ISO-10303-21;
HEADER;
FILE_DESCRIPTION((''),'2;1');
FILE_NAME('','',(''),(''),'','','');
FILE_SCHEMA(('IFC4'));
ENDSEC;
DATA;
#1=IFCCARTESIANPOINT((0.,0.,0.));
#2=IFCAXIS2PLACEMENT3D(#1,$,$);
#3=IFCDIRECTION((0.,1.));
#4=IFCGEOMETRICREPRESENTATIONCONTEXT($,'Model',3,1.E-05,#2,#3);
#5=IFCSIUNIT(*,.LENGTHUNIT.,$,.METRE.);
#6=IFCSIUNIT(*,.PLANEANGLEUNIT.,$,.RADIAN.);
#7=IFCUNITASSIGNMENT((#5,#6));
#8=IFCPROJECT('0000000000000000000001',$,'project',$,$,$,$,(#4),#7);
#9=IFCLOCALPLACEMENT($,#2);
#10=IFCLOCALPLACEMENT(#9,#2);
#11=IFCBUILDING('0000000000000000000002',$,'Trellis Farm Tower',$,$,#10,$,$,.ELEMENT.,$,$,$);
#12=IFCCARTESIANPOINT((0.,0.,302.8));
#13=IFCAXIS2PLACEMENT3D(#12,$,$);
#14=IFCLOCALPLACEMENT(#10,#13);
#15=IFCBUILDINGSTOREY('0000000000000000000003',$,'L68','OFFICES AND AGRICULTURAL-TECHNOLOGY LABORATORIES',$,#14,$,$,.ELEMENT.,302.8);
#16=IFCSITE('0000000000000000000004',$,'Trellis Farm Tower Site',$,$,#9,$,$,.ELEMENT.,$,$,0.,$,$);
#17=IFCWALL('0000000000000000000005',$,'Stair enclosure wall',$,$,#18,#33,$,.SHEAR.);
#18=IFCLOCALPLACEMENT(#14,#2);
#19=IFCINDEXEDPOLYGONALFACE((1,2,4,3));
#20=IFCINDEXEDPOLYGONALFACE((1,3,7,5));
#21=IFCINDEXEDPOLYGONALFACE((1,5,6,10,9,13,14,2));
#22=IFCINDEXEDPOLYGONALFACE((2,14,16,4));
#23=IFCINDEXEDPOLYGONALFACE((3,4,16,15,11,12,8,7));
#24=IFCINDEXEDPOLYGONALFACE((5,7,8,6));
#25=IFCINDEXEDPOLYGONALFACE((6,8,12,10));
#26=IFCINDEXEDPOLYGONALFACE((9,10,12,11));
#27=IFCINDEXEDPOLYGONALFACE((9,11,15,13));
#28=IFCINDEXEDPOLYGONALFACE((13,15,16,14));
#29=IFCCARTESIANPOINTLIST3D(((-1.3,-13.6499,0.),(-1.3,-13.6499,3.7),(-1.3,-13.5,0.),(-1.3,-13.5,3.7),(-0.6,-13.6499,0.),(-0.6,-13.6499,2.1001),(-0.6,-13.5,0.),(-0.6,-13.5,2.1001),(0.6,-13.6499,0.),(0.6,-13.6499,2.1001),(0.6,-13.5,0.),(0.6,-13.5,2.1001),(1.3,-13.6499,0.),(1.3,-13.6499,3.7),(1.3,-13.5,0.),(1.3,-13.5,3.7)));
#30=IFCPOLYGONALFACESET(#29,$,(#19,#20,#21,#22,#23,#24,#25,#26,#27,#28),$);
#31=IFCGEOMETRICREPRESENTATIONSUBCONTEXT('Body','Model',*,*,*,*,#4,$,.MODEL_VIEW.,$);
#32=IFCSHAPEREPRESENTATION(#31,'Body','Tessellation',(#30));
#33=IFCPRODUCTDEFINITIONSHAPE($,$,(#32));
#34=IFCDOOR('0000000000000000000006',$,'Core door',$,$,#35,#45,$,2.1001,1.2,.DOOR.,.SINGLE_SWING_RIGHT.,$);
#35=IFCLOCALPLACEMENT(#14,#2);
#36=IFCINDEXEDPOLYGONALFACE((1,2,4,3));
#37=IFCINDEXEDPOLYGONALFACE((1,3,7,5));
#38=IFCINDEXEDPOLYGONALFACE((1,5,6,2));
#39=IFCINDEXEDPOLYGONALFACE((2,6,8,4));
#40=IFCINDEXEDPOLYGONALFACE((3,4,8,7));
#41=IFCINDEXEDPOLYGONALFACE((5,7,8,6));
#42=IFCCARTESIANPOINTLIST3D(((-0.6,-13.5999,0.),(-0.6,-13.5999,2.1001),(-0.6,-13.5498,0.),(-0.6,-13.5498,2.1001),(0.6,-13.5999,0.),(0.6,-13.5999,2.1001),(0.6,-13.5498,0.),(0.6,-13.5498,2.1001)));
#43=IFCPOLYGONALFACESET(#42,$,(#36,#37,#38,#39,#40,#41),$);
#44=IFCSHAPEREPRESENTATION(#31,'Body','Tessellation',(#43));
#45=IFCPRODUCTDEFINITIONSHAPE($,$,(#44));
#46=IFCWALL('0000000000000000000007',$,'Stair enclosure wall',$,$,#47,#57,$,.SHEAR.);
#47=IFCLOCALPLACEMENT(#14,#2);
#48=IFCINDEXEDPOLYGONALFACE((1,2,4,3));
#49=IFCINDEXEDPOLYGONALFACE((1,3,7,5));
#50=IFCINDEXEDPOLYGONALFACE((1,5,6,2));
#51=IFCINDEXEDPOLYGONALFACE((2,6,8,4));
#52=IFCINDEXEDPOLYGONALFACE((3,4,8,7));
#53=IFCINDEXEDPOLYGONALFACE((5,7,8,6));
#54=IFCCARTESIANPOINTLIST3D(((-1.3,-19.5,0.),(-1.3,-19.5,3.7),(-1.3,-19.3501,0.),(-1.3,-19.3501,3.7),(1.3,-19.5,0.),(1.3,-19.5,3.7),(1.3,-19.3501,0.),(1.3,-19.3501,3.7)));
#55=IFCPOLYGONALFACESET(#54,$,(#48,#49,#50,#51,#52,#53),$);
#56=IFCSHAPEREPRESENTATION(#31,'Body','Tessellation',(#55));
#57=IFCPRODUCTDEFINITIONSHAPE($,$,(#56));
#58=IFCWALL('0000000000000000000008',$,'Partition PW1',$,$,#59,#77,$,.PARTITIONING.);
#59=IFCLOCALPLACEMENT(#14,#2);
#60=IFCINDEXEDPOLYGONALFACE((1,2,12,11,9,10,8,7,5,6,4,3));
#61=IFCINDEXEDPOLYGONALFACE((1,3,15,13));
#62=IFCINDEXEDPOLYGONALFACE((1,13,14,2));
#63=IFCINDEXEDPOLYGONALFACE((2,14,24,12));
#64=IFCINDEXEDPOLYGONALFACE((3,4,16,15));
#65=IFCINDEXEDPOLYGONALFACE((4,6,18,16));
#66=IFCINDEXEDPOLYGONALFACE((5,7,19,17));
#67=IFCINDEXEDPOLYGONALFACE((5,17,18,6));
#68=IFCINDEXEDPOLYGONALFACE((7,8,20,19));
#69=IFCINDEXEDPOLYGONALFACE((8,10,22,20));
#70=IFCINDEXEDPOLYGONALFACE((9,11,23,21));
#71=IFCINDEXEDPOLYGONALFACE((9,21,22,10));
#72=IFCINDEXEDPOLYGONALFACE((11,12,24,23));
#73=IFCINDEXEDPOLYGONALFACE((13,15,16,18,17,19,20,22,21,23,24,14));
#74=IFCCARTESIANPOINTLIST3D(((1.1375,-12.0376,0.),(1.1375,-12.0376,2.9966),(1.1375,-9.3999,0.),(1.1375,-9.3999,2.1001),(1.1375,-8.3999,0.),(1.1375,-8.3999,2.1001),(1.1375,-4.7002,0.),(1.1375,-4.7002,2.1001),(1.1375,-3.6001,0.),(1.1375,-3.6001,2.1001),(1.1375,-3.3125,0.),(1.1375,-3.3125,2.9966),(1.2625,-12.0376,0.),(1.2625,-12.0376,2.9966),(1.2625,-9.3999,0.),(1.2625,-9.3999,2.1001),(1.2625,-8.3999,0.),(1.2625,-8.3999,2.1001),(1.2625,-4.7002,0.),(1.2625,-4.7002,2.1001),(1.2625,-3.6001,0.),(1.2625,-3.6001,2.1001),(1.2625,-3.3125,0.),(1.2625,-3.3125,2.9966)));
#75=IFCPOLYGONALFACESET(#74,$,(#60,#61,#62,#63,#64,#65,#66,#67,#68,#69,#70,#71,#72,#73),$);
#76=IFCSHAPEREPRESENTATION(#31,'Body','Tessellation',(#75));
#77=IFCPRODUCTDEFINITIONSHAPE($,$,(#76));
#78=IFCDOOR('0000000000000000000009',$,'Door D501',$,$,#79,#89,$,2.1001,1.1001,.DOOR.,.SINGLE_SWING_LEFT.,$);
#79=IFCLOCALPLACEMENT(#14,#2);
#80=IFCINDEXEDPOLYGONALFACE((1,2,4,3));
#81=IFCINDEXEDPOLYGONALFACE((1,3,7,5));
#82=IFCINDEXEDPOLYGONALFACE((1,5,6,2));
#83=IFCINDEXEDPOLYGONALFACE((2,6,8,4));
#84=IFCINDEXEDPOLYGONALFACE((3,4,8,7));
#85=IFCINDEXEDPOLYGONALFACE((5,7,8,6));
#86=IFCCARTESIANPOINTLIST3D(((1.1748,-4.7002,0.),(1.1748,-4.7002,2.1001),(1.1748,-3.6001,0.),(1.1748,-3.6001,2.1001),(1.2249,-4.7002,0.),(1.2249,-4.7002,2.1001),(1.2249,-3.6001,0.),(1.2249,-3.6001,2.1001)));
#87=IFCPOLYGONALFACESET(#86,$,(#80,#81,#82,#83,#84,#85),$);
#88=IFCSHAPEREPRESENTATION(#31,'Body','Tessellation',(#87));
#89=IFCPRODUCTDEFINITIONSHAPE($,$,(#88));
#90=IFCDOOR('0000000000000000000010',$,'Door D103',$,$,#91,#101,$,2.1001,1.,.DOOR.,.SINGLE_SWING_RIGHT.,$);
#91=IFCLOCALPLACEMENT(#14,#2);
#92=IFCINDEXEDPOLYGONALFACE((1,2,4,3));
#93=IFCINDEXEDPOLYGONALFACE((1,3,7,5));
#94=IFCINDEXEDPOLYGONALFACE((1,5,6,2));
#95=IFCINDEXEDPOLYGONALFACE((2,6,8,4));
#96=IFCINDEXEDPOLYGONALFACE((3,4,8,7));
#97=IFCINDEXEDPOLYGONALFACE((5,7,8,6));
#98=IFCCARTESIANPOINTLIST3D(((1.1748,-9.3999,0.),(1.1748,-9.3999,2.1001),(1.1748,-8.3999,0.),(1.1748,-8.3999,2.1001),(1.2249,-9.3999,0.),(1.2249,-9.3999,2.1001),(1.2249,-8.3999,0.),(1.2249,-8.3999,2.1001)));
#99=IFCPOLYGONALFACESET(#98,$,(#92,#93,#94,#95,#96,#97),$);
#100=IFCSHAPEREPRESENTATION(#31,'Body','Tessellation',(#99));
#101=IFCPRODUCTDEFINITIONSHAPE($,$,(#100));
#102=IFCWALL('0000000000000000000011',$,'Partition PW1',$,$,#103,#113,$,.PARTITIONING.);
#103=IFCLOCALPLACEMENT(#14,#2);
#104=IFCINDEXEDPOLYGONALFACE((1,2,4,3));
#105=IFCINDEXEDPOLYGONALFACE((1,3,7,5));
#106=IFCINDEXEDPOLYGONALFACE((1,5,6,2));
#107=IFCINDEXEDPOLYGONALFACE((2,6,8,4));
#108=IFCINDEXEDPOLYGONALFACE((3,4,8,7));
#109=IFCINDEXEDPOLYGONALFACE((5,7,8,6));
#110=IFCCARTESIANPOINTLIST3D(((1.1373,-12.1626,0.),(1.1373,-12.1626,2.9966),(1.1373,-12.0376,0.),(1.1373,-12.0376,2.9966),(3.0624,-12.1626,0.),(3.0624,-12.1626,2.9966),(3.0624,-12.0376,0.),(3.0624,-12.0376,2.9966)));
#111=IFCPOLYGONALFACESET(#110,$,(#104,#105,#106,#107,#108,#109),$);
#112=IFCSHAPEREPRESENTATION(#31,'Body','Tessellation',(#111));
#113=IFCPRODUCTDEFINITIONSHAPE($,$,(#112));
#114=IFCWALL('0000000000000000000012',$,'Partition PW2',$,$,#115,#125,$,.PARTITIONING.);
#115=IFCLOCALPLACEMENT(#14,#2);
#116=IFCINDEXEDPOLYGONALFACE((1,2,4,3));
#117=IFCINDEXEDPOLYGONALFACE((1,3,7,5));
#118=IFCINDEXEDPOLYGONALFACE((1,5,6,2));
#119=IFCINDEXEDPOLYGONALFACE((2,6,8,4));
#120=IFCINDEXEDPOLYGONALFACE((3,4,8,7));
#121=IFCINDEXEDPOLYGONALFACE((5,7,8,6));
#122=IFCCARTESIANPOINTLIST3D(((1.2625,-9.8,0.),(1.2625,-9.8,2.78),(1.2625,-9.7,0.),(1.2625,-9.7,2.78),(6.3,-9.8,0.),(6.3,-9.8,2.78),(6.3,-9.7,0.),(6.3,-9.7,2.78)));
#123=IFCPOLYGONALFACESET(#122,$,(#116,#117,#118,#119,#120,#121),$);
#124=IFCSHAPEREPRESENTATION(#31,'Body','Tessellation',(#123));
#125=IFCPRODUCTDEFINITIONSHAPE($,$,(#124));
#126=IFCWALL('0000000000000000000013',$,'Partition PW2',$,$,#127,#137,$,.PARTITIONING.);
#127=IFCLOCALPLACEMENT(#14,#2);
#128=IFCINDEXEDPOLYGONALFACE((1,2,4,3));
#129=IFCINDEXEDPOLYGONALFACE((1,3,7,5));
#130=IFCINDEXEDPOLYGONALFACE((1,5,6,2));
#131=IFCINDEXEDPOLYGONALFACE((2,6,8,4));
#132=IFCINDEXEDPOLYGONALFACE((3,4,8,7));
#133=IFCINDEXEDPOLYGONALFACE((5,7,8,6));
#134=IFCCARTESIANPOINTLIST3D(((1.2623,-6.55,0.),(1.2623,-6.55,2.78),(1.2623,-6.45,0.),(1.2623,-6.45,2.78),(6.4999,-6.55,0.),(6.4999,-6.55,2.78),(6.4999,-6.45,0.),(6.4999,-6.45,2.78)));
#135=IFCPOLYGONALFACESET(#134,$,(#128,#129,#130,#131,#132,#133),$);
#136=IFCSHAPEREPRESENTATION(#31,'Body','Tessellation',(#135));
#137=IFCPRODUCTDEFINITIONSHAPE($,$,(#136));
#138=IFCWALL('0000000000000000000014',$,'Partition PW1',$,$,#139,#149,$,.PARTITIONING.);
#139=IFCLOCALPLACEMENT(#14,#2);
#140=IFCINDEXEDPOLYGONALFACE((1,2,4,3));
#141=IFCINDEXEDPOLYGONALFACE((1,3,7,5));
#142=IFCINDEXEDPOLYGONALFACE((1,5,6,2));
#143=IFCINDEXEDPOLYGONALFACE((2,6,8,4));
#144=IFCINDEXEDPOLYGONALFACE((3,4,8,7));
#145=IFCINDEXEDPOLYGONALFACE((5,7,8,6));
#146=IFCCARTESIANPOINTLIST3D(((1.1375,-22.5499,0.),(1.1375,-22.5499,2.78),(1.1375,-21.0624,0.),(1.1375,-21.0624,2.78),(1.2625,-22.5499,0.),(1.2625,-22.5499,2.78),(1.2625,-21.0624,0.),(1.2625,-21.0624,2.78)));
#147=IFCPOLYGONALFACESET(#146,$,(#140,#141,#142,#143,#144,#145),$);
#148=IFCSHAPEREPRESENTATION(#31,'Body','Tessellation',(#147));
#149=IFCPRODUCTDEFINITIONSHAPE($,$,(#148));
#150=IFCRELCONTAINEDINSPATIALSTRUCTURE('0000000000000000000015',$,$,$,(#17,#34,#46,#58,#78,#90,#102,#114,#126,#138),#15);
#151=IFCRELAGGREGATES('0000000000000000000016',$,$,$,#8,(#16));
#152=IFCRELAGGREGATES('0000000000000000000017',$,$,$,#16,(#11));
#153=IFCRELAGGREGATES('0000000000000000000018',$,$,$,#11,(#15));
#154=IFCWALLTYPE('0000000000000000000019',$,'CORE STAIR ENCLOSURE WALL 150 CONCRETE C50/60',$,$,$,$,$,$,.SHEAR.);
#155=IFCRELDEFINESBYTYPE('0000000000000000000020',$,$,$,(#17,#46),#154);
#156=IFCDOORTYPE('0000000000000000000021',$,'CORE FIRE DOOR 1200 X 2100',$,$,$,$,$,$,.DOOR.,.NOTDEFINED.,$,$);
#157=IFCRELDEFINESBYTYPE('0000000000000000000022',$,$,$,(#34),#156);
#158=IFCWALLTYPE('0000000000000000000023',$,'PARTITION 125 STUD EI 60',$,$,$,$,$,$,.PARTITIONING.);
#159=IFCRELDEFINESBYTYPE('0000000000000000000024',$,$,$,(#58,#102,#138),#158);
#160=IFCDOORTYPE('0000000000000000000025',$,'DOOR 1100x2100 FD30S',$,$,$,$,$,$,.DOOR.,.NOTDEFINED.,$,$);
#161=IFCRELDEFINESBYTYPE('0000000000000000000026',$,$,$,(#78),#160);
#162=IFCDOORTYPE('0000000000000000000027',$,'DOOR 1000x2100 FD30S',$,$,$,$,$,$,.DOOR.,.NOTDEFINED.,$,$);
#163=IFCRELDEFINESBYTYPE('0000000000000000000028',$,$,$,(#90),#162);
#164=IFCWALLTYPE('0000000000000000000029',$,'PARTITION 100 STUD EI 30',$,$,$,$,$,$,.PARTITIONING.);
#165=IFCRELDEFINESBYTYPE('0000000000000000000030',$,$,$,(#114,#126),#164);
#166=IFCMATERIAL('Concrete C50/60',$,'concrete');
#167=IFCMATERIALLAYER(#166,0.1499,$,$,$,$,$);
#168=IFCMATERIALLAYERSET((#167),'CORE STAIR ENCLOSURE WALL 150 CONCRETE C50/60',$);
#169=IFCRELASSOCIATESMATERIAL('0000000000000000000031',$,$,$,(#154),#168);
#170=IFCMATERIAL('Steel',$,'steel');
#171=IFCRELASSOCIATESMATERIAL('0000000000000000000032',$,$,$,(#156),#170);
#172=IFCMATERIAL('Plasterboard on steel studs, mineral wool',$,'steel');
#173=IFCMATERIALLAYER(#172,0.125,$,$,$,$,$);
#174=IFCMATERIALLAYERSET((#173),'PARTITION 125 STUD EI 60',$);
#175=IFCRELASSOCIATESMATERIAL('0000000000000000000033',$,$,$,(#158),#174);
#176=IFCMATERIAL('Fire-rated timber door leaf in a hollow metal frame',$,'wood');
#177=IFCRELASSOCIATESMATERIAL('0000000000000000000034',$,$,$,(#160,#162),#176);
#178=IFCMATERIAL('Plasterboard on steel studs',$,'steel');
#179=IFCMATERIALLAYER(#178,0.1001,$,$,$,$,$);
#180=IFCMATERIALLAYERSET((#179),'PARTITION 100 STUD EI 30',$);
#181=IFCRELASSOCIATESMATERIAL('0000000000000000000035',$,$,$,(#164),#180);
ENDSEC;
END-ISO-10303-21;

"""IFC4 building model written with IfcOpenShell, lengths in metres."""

from ifc_helpers import new_model, si_unit, direction, frame, frame_2d, origin, place, context, subcontext, project, spatial, rectangle, extrude, source, transform, mapped, material, layer, layer_set, type_object, element, fill, save


model = new_model("IFC4")

# Units and contexts
model_context = context("Model", 3, precision=1e-05, world=origin(), true_north=direction((0.0, 1.0)))
body_context = subcontext(model_context, "Body", "Model", "MODEL_VIEW")
ifc_project = project(units=[si_unit("LENGTHUNIT", "METRE"), si_unit("PLANEANGLEUNIT", "RADIAN")], contexts=[model_context])

# Site, building, storey
site_placement = place(None, origin())
site = spatial("IfcSite", under=ifc_project, at=site_placement, Name="Trellis Farm Tower Site", CompositionType="ELEMENT", RefElevation=0.0)
building_placement = place(site_placement, origin())
building = spatial("IfcBuilding", under=site, at=building_placement, Name="Trellis Farm Tower", CompositionType="ELEMENT")
storey_placement = place(building_placement, frame((0.0, 0.0, 302.8)))
storey = spatial("IfcBuildingStorey", under=building, at=storey_placement, Name="L68", Description="OFFICES AND AGRICULTURAL-TECHNOLOGY LABORATORIES", CompositionType="ELEMENT", Elevation=302.8)

# Shared definitions
ifc_material_1 = material(Name="Concrete C50/60", Category="concrete")

# Wall, opening, door
ifc_layer_1 = layer(ifc_material_1, 0.1499)
ifc_layer_set_1 = layer_set([ifc_layer_1], Name="CORE STAIR ENCLOSURE WALL 150 CONCRETE C50/60")
wall_type_1 = type_object("IfcWallType", Name="CORE STAIR ENCLOSURE WALL 150 CONCRETE C50/60", PredefinedType="SHEAR", material=ifc_layer_set_1)
shared_shape_1 = source(origin(), body_context, "Body", "SweptSolid", [
    extrude(rectangle(XDim=2.6001, YDim=0.1499, at=frame_2d((1.3, 0.0))), origin(), (0.0, 0.0, 1.0), 3.7),
])
wall_1_placement = place(storey_placement, frame((1.3, -13.575, 0.0), z_axis=(0.0, 0.0, 1.0), x_axis=(-1.0, 0.0, 0.0)))
wall_1 = element("IfcWall", 1, at=wall_1_placement, inside=storey, type_object=wall_type_1, Name="Stair enclosure wall", PredefinedType="SHEAR", context=body_context, shape_type="MappedRepresentation", body=[
    mapped(shared_shape_1, transform((0.0, 0.0, 0.0))),
])
shared_shape_2 = source(origin(), body_context, "Body", "SweptSolid", [
    extrude(rectangle(XDim=1.2, YDim=2.1001, at=frame_2d((0.6001, 1.05))), frame((0.0, 0.085, 0.0), z_axis=(0.0, -1.0, 0.0), x_axis=(1.0, 0.0, 0.0)), (0.0, 0.0, 1.0), 0.1699),
])
opening_1_placement = place(wall_1_placement, frame((0.7, 0.0, 0.0)))
opening_1 = element("IfcOpeningElement", 2, at=opening_1_placement, cuts=wall_1, PredefinedType="OPENING", context=body_context, shape_type="MappedRepresentation", body=[
    mapped(shared_shape_2, transform((0.0, 0.0, 0.0))),
])
ifc_material_2 = material(Name="Steel", Category="steel")
door_type_1 = type_object("IfcDoorType", Name="CORE FIRE DOOR 1200 X 2100", OperationType="NOTDEFINED", PredefinedType="DOOR", material=ifc_material_2)
shared_shape_3 = source(origin(), body_context, "Body", "SweptSolid", [
    extrude(rectangle(XDim=1.2, YDim=2.1001, at=frame_2d((0.6001, 1.05))), frame((0.0, 0.0249, 0.0), z_axis=(0.0, -1.0, 0.0), x_axis=(1.0, 0.0, 0.0)), (0.0, 0.0, 1.0), 0.05),
])
door_1_placement = place(opening_1_placement, origin())
door_1 = element("IfcDoor", 3, at=door_1_placement, inside=storey, type_object=door_type_1, Name="Core door", OperationType="SINGLE_SWING_RIGHT", OverallHeight=2.1001, OverallWidth=1.2, PredefinedType="DOOR", context=body_context, shape_type="MappedRepresentation", body=[
    mapped(shared_shape_3, transform((0.0, 0.0, 0.0))),
])
fill(opening_1, door_1)

# Wall
wall_2_placement = place(storey_placement, frame((1.3, -19.425, 0.0), z_axis=(0.0, 0.0, 1.0), x_axis=(-1.0, 0.0, 0.0)))
element("IfcWall", 4, at=wall_2_placement, inside=storey, type_object=wall_type_1, Name="Stair enclosure wall", PredefinedType="SHEAR", context=body_context, shape_type="MappedRepresentation", body=[
    mapped(shared_shape_1, transform((0.0, 0.0, 0.0))),
])

# Wall, openings, doors
ifc_material_3 = material(Name="Plasterboard on steel studs, mineral wool", Category="steel")
ifc_layer_2 = layer(ifc_material_3, 0.125)
ifc_layer_set_2 = layer_set([ifc_layer_2], Name="PARTITION 125 STUD EI 60")
wall_type_2 = type_object("IfcWallType", Name="PARTITION 125 STUD EI 60", PredefinedType="PARTITIONING", material=ifc_layer_set_2)
shared_shape_4 = source(origin(), body_context, "Body", "SweptSolid", [
    extrude(rectangle(XDim=8.7251, YDim=0.125, at=frame_2d((4.3625, 0.0))), origin(), (0.0, 0.0, 1.0), 2.9966),
])
wall_3_placement = place(storey_placement, frame((1.2, -3.3125, 0.0), z_axis=(0.0, 0.0, 1.0), x_axis=(0.0, -1.0, 0.0)))
wall_3 = element("IfcWall", 5, at=wall_3_placement, inside=storey, type_object=wall_type_2, Name="Partition PW1", PredefinedType="PARTITIONING", context=body_context, shape_type="MappedRepresentation", body=[
    mapped(shared_shape_4, transform((0.0, 0.0, 0.0))),
])
shared_shape_5 = source(origin(), body_context, "Body", "SweptSolid", [
    extrude(rectangle(XDim=1.0, YDim=2.1001, at=frame_2d((0.5, 1.05))), frame((0.0, 0.0725, 0.0), z_axis=(0.0, -1.0, 0.0), x_axis=(1.0, 0.0, 0.0)), (0.0, 0.0, 1.0), 0.145),
])
opening_2_placement = place(wall_3_placement, frame((5.0874, 0.0, 0.0)))
opening_2 = element("IfcOpeningElement", 6, at=opening_2_placement, cuts=wall_3, PredefinedType="OPENING", context=body_context, shape_type="MappedRepresentation", body=[
    mapped(shared_shape_5, transform((0.0, 0.0, 0.0))),
])
shared_shape_6 = source(origin(), body_context, "Body", "SweptSolid", [
    extrude(rectangle(XDim=1.1001, YDim=2.1001, at=frame_2d((0.55, 1.05))), frame((0.0, 0.0725, 0.0), z_axis=(0.0, -1.0, 0.0), x_axis=(1.0, 0.0, 0.0)), (0.0, 0.0, 1.0), 0.145),
])
opening_3_placement = place(wall_3_placement, frame((0.2876, 0.0, 0.0)))
opening_3 = element("IfcOpeningElement", 7, at=opening_3_placement, cuts=wall_3, PredefinedType="OPENING", context=body_context, shape_type="MappedRepresentation", body=[
    mapped(shared_shape_6, transform((0.0, 0.0, 0.0))),
])
ifc_material_4 = material(Name="Fire-rated timber door leaf in a hollow metal frame", Category="wood")
door_type_2 = type_object("IfcDoorType", Name="DOOR 1100x2100 FD30S", OperationType="NOTDEFINED", PredefinedType="DOOR", material=ifc_material_4)
shared_shape_7 = source(origin(), body_context, "Body", "SweptSolid", [
    extrude(rectangle(XDim=1.1001, YDim=2.1001, at=frame_2d((0.55, 1.05))), frame((0.0, 0.0249, 0.0), z_axis=(0.0, -1.0, 0.0), x_axis=(1.0, 0.0, 0.0)), (0.0, 0.0, 1.0), 0.05),
])
door_2_placement = place(opening_3_placement, origin())
door_2 = element("IfcDoor", 8, at=door_2_placement, inside=storey, type_object=door_type_2, Name="Door D501", OperationType="SINGLE_SWING_LEFT", OverallHeight=2.1001, OverallWidth=1.1001, PredefinedType="DOOR", context=body_context, shape_type="MappedRepresentation", body=[
    mapped(shared_shape_7, transform((0.0, 0.0, 0.0))),
])
fill(opening_3, door_2)
door_type_3 = type_object("IfcDoorType", Name="DOOR 1000x2100 FD30S", OperationType="NOTDEFINED", PredefinedType="DOOR", material=ifc_material_4)
shared_shape_8 = source(origin(), body_context, "Body", "SweptSolid", [
    extrude(rectangle(XDim=1.0, YDim=2.1001, at=frame_2d((0.5, 1.05))), frame((0.0, 0.0249, 0.0), z_axis=(0.0, -1.0, 0.0), x_axis=(1.0, 0.0, 0.0)), (0.0, 0.0, 1.0), 0.05),
])
door_3_placement = place(opening_2_placement, origin())
door_3 = element("IfcDoor", 9, at=door_3_placement, inside=storey, type_object=door_type_3, Name="Door D103", OperationType="SINGLE_SWING_RIGHT", OverallHeight=2.1001, OverallWidth=1.0, PredefinedType="DOOR", context=body_context, shape_type="MappedRepresentation", body=[
    mapped(shared_shape_8, transform((0.0, 0.0, 0.0))),
])
fill(opening_2, door_3)

# Walls
shared_shape_9 = source(origin(), body_context, "Body", "SweptSolid", [
    extrude(rectangle(XDim=1.925, YDim=0.125, at=frame_2d((0.9624, 0.0))), origin(), (0.0, 0.0, 1.0), 2.9966),
])
wall_4_placement = place(storey_placement, frame((1.1375, -12.1001, 0.0), z_axis=(0.0, 0.0, 1.0), x_axis=(1.0, 0.0, 0.0)))
element("IfcWall", 10, at=wall_4_placement, inside=storey, type_object=wall_type_2, Name="Partition PW1", PredefinedType="PARTITIONING", context=body_context, shape_type="MappedRepresentation", body=[
    mapped(shared_shape_9, transform((0.0, 0.0, 0.0))),
])
ifc_material_5 = material(Name="Plasterboard on steel studs", Category="steel")
ifc_layer_3 = layer(ifc_material_5, 0.1001)
ifc_layer_set_3 = layer_set([ifc_layer_3], Name="PARTITION 100 STUD EI 30")
wall_type_3 = type_object("IfcWallType", Name="PARTITION 100 STUD EI 30", PredefinedType="PARTITIONING", material=ifc_layer_set_3)
shared_shape_10 = source(origin(), body_context, "Body", "SweptSolid", [
    extrude(rectangle(XDim=5.0376, YDim=0.1001, at=frame_2d((2.5188, 0.0))), origin(), (0.0, 0.0, 1.0), 2.78),
])
wall_5_placement = place(storey_placement, frame((1.2625, -9.75, 0.0), z_axis=(0.0, 0.0, 1.0), x_axis=(1.0, 0.0, 0.0)))
element("IfcWall", 11, at=wall_5_placement, inside=storey, type_object=wall_type_3, Name="Partition PW2", PredefinedType="PARTITIONING", context=body_context, shape_type="MappedRepresentation", body=[
    mapped(shared_shape_10, transform((0.0, 0.0, 0.0))),
])
shared_shape_11 = source(origin(), body_context, "Body", "SweptSolid", [
    extrude(rectangle(XDim=5.2375, YDim=0.1001, at=frame_2d((2.6187, 0.0))), origin(), (0.0, 0.0, 1.0), 2.78),
])
wall_6_placement = place(storey_placement, frame((1.2625, -6.5, 0.0), z_axis=(0.0, 0.0, 1.0), x_axis=(1.0, 0.0, 0.0)))
element("IfcWall", 12, at=wall_6_placement, inside=storey, type_object=wall_type_3, Name="Partition PW2", PredefinedType="PARTITIONING", context=body_context, shape_type="MappedRepresentation", body=[
    mapped(shared_shape_11, transform((0.0, 0.0, 0.0))),
])
shared_shape_12 = source(origin(), body_context, "Body", "SweptSolid", [
    extrude(rectangle(XDim=1.4875, YDim=0.125, at=frame_2d((0.7437, 0.0))), origin(), (0.0, 0.0, 1.0), 2.78),
])
wall_7_placement = place(storey_placement, frame((1.2, -21.0625, 0.0), z_axis=(0.0, 0.0, 1.0), x_axis=(0.0, -1.0, 0.0)))
element("IfcWall", 13, at=wall_7_placement, inside=storey, type_object=wall_type_2, Name="Partition PW1", PredefinedType="PARTITIONING", context=body_context, shape_type="MappedRepresentation", body=[
    mapped(shared_shape_12, transform((0.0, 0.0, 0.0))),
])

save(model, "model.ifc")
